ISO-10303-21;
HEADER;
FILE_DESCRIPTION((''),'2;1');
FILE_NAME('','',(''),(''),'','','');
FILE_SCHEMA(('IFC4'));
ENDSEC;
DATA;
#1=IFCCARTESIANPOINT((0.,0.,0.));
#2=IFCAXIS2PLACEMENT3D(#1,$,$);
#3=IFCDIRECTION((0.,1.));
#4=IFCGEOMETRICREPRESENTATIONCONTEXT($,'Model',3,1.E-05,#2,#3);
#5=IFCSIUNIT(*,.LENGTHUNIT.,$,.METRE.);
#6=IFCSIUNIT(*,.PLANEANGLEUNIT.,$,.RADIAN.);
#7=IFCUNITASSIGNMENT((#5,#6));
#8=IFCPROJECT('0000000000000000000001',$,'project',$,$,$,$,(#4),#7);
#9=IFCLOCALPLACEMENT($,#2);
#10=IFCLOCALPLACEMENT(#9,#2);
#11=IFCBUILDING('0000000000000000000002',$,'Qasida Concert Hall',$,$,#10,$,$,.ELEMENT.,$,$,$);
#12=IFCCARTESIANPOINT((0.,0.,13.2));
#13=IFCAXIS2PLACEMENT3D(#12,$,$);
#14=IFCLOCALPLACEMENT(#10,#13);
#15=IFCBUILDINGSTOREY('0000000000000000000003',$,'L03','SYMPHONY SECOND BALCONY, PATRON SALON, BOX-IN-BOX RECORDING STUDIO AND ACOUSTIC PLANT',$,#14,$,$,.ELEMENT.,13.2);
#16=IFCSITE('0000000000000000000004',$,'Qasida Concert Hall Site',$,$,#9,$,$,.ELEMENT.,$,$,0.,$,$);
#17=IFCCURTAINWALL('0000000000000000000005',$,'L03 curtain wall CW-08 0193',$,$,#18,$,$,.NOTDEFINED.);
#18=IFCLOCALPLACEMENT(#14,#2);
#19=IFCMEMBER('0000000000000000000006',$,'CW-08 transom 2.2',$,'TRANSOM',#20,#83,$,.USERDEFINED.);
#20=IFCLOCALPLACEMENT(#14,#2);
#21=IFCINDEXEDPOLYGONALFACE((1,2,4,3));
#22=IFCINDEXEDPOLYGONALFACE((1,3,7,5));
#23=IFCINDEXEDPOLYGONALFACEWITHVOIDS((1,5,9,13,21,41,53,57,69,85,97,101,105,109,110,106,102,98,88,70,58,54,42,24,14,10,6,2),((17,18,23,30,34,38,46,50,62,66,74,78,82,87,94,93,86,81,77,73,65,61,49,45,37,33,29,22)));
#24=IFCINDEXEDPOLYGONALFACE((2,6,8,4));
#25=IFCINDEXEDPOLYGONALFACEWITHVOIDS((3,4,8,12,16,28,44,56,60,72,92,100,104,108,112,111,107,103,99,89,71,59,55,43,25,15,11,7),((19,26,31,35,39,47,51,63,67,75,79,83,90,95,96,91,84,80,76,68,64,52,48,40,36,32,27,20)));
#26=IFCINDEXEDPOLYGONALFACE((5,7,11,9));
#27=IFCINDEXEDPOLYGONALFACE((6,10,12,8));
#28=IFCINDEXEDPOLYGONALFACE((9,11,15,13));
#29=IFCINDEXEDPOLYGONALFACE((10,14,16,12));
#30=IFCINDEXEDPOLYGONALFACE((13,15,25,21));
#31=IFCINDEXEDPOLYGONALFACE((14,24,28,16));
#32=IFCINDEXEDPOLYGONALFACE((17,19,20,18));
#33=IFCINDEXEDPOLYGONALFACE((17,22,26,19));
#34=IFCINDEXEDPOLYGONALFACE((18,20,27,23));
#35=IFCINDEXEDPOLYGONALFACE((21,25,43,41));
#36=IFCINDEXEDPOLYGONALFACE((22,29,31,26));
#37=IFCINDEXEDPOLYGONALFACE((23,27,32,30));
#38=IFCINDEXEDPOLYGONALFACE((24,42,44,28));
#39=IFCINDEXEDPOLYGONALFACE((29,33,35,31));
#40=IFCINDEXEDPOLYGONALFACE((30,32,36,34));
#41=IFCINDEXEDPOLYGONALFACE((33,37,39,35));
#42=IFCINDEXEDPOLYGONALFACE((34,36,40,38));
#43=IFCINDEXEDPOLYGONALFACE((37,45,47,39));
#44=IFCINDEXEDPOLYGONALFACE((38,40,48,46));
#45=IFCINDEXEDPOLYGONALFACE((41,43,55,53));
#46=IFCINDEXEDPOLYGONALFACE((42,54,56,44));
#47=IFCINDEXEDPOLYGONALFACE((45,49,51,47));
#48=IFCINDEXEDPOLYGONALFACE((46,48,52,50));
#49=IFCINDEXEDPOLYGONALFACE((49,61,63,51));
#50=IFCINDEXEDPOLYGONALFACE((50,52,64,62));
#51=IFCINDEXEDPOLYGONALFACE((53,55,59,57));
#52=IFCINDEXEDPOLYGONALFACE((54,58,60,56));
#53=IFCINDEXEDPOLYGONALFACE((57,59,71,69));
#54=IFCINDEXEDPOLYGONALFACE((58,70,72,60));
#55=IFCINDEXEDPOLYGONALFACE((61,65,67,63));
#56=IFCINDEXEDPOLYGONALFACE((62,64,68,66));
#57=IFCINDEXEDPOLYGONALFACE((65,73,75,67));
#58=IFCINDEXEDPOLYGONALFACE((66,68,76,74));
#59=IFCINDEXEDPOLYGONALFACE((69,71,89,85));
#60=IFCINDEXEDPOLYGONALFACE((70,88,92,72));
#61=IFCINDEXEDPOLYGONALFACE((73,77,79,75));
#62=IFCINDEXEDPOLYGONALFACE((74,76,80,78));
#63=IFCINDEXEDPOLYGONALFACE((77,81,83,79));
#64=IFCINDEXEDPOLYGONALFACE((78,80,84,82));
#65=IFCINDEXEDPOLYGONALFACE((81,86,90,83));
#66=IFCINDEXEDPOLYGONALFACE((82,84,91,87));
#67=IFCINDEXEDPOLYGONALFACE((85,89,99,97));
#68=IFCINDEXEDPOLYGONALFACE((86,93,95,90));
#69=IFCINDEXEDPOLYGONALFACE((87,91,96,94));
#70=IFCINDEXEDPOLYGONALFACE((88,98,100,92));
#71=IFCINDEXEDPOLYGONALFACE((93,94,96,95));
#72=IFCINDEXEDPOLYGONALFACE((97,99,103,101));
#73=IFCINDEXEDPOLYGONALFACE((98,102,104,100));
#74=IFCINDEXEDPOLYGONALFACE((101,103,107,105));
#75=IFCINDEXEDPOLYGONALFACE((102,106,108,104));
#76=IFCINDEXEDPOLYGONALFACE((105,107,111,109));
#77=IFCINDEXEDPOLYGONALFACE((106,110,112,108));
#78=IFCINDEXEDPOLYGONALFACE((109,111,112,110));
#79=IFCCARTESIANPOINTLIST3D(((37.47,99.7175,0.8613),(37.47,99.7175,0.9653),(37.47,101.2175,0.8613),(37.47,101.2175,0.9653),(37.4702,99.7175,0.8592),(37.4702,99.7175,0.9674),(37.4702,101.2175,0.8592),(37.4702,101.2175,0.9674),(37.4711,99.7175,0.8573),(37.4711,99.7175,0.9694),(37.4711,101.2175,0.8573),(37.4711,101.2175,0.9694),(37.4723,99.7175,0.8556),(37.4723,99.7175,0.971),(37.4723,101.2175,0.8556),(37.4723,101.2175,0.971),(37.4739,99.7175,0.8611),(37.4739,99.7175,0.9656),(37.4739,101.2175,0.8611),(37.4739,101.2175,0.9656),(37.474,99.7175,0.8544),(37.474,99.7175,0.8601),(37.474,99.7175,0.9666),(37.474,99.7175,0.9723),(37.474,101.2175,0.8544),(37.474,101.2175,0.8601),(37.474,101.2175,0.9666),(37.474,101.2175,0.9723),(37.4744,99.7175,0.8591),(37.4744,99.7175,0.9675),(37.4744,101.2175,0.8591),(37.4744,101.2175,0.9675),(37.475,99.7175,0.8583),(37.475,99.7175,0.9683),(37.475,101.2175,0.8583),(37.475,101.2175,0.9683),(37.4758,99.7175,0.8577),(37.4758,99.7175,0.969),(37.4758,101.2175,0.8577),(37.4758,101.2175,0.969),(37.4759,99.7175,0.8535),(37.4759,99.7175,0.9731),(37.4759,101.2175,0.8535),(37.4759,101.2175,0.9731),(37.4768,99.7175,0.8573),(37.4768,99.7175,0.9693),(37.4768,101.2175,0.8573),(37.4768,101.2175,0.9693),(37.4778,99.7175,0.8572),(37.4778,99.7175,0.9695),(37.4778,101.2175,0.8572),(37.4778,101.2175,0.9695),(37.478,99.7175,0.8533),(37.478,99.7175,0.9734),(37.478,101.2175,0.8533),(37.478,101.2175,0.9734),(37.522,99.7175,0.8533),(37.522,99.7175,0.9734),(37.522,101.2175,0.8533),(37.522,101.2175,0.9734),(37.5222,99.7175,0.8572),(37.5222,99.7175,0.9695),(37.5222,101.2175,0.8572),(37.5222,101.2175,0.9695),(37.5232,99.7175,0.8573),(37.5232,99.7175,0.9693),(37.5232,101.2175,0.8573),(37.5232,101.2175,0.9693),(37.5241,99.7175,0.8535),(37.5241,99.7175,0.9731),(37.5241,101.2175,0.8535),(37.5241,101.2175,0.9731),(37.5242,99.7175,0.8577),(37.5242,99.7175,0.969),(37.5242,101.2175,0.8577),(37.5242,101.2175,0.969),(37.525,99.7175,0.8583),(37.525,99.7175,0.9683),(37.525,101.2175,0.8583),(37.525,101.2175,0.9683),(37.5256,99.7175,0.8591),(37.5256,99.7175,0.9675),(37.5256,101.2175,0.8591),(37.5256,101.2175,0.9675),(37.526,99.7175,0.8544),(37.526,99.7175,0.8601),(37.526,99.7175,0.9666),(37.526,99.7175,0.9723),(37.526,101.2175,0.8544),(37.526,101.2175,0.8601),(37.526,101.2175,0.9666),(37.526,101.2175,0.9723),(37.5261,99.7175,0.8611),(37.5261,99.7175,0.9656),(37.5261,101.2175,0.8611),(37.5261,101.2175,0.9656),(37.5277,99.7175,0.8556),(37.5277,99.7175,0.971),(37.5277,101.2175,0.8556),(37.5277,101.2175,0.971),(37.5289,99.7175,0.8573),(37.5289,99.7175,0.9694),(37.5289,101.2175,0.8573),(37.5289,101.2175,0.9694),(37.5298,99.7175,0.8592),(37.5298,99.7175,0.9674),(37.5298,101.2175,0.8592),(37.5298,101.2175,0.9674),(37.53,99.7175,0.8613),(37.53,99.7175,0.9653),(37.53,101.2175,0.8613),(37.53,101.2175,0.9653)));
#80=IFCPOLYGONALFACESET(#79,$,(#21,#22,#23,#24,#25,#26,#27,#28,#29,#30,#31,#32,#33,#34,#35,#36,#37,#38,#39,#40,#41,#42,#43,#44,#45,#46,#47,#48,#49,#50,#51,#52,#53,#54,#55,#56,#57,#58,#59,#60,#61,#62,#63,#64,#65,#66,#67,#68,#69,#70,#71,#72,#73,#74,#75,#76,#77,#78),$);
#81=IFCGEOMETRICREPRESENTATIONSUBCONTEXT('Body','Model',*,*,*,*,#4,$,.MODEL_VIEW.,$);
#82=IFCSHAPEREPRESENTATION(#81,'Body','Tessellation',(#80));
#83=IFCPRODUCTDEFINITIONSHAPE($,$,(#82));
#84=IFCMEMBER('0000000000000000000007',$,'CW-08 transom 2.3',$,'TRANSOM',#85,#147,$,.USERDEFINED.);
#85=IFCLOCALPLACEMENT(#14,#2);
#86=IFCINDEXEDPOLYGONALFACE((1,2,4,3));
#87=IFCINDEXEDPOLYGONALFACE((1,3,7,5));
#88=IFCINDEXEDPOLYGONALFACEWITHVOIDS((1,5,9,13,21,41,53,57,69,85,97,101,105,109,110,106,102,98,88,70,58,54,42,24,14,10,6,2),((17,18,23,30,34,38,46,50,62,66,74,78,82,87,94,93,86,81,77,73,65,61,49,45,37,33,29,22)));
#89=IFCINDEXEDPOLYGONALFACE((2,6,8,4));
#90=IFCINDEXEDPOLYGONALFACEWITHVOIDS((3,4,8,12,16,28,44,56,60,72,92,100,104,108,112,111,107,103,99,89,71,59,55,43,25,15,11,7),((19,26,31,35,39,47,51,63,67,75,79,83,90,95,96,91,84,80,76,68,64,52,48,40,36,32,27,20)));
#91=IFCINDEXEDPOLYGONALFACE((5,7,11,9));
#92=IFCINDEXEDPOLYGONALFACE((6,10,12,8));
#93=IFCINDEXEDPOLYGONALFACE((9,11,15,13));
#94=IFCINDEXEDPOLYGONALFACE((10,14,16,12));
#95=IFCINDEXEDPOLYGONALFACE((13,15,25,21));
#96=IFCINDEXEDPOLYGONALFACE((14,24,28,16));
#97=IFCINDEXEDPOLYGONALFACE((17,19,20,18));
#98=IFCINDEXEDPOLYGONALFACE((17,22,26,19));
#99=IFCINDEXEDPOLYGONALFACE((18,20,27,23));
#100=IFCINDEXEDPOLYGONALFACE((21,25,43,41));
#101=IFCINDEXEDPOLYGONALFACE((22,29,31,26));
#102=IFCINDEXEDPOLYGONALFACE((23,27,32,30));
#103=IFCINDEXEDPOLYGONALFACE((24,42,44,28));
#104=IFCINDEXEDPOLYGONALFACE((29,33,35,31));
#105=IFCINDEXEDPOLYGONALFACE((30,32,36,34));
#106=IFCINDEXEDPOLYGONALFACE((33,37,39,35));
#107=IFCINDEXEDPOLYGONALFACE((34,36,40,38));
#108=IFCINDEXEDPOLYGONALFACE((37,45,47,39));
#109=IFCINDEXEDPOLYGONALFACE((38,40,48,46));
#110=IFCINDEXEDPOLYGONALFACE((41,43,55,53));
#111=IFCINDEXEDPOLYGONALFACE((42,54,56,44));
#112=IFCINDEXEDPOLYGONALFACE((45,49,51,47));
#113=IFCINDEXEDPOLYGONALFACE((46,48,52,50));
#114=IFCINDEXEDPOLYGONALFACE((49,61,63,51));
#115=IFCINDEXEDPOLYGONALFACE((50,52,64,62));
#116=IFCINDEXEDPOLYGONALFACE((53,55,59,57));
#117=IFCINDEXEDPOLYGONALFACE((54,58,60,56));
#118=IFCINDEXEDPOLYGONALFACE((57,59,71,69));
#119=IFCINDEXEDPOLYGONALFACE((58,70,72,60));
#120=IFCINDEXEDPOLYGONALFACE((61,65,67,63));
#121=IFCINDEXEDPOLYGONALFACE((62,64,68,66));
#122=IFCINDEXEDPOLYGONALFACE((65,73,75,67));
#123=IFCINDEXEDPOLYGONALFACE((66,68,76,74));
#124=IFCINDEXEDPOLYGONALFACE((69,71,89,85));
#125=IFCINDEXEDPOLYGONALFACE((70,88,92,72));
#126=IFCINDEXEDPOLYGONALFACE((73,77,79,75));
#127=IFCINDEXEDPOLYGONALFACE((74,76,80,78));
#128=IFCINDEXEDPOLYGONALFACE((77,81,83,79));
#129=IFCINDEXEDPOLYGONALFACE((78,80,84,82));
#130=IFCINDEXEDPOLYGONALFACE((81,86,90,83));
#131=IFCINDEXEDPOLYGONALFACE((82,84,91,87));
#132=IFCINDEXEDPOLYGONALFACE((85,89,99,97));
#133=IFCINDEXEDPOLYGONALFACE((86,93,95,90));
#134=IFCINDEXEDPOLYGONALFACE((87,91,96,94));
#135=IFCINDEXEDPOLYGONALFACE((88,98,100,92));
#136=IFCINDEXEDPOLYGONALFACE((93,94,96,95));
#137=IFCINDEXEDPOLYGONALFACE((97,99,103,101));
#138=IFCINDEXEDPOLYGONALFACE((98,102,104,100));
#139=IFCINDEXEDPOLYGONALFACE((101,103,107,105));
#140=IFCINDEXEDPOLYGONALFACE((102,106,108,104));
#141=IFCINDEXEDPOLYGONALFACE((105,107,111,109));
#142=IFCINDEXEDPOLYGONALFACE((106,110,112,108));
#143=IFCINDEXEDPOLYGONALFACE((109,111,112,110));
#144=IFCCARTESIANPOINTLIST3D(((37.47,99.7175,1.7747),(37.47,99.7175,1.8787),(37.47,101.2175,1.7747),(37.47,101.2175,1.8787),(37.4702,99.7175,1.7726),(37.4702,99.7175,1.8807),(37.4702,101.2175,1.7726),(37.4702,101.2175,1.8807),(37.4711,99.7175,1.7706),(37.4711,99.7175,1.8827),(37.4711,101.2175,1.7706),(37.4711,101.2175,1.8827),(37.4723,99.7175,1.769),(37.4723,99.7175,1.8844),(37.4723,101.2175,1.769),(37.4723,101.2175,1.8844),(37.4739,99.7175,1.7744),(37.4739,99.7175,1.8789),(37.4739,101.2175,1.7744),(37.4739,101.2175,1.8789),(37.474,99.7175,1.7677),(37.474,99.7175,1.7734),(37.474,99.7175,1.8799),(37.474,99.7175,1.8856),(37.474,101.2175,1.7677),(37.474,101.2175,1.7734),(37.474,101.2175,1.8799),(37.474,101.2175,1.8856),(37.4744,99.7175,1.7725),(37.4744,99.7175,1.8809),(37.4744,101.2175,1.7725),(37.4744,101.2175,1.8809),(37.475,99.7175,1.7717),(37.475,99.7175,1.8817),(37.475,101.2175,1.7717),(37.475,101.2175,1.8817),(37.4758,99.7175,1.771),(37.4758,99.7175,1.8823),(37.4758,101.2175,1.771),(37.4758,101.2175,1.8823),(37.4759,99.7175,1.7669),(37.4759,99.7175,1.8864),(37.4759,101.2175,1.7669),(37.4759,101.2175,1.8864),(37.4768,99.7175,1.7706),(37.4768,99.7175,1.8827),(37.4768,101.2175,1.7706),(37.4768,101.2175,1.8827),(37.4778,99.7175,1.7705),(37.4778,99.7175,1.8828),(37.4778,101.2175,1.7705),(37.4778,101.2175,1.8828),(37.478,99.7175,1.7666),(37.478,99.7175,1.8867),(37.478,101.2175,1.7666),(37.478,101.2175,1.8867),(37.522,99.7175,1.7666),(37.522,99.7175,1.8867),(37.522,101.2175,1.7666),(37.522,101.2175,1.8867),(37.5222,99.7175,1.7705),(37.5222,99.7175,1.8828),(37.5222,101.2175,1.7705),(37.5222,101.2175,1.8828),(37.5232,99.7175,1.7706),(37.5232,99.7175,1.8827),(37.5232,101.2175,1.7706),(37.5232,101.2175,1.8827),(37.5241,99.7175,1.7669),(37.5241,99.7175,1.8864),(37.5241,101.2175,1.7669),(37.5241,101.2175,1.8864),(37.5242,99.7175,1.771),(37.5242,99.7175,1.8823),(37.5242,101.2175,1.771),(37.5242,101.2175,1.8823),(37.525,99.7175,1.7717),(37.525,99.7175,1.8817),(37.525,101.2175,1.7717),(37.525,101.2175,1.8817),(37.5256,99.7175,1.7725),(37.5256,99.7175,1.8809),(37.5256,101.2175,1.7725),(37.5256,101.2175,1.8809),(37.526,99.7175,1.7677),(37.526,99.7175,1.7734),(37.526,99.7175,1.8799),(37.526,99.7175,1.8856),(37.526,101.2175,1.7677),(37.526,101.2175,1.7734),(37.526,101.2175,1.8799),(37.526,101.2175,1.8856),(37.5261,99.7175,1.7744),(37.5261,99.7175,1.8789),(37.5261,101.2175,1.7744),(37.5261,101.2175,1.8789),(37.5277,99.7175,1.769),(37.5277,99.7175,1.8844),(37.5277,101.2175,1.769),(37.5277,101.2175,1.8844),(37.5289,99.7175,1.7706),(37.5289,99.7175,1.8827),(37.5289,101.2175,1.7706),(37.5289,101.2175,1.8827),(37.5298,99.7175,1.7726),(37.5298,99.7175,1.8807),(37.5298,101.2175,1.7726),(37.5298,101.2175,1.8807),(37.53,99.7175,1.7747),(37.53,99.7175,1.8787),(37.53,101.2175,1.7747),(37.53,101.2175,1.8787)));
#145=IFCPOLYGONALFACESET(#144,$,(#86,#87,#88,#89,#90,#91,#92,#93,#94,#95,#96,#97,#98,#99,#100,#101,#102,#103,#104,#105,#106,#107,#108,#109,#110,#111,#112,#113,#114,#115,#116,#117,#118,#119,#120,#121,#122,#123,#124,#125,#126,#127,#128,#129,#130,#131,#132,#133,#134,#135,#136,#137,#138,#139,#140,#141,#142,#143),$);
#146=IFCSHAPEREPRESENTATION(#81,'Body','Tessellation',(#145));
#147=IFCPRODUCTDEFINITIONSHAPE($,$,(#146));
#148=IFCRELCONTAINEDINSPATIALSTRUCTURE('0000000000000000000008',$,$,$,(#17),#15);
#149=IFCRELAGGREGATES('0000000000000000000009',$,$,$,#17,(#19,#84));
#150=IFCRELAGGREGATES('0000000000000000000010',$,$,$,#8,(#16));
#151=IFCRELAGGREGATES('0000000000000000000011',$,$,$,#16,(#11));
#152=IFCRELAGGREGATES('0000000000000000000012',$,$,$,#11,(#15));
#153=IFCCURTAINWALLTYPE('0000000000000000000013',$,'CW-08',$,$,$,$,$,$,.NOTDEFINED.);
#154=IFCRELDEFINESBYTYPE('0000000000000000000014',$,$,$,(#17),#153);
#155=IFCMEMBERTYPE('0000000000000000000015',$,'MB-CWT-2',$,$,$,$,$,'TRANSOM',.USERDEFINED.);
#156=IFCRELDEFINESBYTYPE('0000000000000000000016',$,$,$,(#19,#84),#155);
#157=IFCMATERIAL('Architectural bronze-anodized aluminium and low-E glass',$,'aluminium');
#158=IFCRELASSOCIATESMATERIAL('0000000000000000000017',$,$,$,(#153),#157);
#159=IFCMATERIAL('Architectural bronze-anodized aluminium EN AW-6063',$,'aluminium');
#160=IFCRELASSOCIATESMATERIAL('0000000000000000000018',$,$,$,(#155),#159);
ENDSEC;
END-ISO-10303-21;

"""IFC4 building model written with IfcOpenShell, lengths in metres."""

from ifc_helpers import new_model, si_unit, direction, frame, origin, origin_2d, place, context, subcontext, project, spatial, hollow_rectangle, extrude, material, material_profile, profile_set, type_object, element, aggregate, save


model = new_model("IFC4")

# Units and contexts
model_context = context("Model", 3, precision=1e-05, world=origin(), true_north=direction((0.0, 1.0)))
body_context = subcontext(model_context, "Body", "Model", "MODEL_VIEW")
ifc_project = project(units=[si_unit("LENGTHUNIT", "METRE"), si_unit("PLANEANGLEUNIT", "RADIAN")], contexts=[model_context])

# Site, building, storey
site_placement = place(None, origin())
site = spatial("IfcSite", under=ifc_project, at=site_placement, Name="Qasida Concert Hall Site", CompositionType="ELEMENT", RefElevation=0.0)
building_placement = place(site_placement, origin())
building = spatial("IfcBuilding", under=site, at=building_placement, Name="Qasida Concert Hall", CompositionType="ELEMENT")
storey_placement = place(building_placement, frame((0.0, 0.0, 13.2)))
storey = spatial("IfcBuildingStorey", under=building, at=storey_placement, Name="L03", Description="SYMPHONY SECOND BALCONY, PATRON SALON, BOX-IN-BOX RECORDING STUDIO AND ACOUSTIC PLANT", CompositionType="ELEMENT", Elevation=13.2)

# Curtain wall, members
ifc_material_1 = material(Name="Architectural bronze-anodized aluminium and low-E glass", Category="aluminium")
curtain_wall_type = type_object("IfcCurtainWallType", Name="CW-08", PredefinedType="NOTDEFINED", material=ifc_material_1)
curtain_wall_placement = place(storey_placement, origin())
curtain_wall = element("IfcCurtainWall", 1, at=curtain_wall_placement, inside=storey, type_object=curtain_wall_type, Name="L03 curtain wall CW-08 0193", PredefinedType="NOTDEFINED")
ifc_material_2 = material(Name="Architectural bronze-anodized aluminium EN AW-6063", Category="aluminium")
ifc_material_profile_1 = material_profile(ifc_material_2, hollow_rectangle(XDim=0.0601, YDim=0.1201, WallThickness=0.0039, InnerFilletRadius=0.0039, OuterFilletRadius=0.0081, at=origin_2d()), Name="CWT 120x60x4")
ifc_profile_set_1 = profile_set([ifc_material_profile_1], Name="Architectural bronze-anodized aluminium EN AW-6063")
member_type_1 = type_object("IfcMemberType", Name="MB-CWT-2", ElementType="TRANSOM", PredefinedType="USERDEFINED", material=ifc_profile_set_1)
member_1_placement = place(storey_placement, frame((37.5, 99.7175, 0.9133), z_axis=(0.0, 1.0, 0.0), x_axis=(-1.0, 0.0, 0.0)))
member_1 = element("IfcMember", 2, at=member_1_placement, type_object=member_type_1, Name="CW-08 transom 2.2", ObjectType="TRANSOM", PredefinedType="USERDEFINED", context=body_context, shape_type="SweptSolid", body=[
    extrude(hollow_rectangle(XDim=0.0601, YDim=0.1201, WallThickness=0.0039, InnerFilletRadius=0.0039, OuterFilletRadius=0.0081, at=origin_2d()), origin(), (0.0, 0.0, 1.0), 1.5),
])
member_2_placement = place(storey_placement, frame((37.5, 99.7175, 1.8267), z_axis=(0.0, 1.0, 0.0), x_axis=(-1.0, 0.0, 0.0)))
member_2 = element("IfcMember", 3, at=member_2_placement, type_object=member_type_1, Name="CW-08 transom 2.3", ObjectType="TRANSOM", PredefinedType="USERDEFINED", context=body_context, shape_type="SweptSolid", body=[
    extrude(hollow_rectangle(XDim=0.0601, YDim=0.1201, WallThickness=0.0039, InnerFilletRadius=0.0039, OuterFilletRadius=0.0081, at=origin_2d()), origin(), (0.0, 0.0, 1.0), 1.5),
])
aggregate(curtain_wall, [member_1, member_2])

save(model, "model.ifc")
